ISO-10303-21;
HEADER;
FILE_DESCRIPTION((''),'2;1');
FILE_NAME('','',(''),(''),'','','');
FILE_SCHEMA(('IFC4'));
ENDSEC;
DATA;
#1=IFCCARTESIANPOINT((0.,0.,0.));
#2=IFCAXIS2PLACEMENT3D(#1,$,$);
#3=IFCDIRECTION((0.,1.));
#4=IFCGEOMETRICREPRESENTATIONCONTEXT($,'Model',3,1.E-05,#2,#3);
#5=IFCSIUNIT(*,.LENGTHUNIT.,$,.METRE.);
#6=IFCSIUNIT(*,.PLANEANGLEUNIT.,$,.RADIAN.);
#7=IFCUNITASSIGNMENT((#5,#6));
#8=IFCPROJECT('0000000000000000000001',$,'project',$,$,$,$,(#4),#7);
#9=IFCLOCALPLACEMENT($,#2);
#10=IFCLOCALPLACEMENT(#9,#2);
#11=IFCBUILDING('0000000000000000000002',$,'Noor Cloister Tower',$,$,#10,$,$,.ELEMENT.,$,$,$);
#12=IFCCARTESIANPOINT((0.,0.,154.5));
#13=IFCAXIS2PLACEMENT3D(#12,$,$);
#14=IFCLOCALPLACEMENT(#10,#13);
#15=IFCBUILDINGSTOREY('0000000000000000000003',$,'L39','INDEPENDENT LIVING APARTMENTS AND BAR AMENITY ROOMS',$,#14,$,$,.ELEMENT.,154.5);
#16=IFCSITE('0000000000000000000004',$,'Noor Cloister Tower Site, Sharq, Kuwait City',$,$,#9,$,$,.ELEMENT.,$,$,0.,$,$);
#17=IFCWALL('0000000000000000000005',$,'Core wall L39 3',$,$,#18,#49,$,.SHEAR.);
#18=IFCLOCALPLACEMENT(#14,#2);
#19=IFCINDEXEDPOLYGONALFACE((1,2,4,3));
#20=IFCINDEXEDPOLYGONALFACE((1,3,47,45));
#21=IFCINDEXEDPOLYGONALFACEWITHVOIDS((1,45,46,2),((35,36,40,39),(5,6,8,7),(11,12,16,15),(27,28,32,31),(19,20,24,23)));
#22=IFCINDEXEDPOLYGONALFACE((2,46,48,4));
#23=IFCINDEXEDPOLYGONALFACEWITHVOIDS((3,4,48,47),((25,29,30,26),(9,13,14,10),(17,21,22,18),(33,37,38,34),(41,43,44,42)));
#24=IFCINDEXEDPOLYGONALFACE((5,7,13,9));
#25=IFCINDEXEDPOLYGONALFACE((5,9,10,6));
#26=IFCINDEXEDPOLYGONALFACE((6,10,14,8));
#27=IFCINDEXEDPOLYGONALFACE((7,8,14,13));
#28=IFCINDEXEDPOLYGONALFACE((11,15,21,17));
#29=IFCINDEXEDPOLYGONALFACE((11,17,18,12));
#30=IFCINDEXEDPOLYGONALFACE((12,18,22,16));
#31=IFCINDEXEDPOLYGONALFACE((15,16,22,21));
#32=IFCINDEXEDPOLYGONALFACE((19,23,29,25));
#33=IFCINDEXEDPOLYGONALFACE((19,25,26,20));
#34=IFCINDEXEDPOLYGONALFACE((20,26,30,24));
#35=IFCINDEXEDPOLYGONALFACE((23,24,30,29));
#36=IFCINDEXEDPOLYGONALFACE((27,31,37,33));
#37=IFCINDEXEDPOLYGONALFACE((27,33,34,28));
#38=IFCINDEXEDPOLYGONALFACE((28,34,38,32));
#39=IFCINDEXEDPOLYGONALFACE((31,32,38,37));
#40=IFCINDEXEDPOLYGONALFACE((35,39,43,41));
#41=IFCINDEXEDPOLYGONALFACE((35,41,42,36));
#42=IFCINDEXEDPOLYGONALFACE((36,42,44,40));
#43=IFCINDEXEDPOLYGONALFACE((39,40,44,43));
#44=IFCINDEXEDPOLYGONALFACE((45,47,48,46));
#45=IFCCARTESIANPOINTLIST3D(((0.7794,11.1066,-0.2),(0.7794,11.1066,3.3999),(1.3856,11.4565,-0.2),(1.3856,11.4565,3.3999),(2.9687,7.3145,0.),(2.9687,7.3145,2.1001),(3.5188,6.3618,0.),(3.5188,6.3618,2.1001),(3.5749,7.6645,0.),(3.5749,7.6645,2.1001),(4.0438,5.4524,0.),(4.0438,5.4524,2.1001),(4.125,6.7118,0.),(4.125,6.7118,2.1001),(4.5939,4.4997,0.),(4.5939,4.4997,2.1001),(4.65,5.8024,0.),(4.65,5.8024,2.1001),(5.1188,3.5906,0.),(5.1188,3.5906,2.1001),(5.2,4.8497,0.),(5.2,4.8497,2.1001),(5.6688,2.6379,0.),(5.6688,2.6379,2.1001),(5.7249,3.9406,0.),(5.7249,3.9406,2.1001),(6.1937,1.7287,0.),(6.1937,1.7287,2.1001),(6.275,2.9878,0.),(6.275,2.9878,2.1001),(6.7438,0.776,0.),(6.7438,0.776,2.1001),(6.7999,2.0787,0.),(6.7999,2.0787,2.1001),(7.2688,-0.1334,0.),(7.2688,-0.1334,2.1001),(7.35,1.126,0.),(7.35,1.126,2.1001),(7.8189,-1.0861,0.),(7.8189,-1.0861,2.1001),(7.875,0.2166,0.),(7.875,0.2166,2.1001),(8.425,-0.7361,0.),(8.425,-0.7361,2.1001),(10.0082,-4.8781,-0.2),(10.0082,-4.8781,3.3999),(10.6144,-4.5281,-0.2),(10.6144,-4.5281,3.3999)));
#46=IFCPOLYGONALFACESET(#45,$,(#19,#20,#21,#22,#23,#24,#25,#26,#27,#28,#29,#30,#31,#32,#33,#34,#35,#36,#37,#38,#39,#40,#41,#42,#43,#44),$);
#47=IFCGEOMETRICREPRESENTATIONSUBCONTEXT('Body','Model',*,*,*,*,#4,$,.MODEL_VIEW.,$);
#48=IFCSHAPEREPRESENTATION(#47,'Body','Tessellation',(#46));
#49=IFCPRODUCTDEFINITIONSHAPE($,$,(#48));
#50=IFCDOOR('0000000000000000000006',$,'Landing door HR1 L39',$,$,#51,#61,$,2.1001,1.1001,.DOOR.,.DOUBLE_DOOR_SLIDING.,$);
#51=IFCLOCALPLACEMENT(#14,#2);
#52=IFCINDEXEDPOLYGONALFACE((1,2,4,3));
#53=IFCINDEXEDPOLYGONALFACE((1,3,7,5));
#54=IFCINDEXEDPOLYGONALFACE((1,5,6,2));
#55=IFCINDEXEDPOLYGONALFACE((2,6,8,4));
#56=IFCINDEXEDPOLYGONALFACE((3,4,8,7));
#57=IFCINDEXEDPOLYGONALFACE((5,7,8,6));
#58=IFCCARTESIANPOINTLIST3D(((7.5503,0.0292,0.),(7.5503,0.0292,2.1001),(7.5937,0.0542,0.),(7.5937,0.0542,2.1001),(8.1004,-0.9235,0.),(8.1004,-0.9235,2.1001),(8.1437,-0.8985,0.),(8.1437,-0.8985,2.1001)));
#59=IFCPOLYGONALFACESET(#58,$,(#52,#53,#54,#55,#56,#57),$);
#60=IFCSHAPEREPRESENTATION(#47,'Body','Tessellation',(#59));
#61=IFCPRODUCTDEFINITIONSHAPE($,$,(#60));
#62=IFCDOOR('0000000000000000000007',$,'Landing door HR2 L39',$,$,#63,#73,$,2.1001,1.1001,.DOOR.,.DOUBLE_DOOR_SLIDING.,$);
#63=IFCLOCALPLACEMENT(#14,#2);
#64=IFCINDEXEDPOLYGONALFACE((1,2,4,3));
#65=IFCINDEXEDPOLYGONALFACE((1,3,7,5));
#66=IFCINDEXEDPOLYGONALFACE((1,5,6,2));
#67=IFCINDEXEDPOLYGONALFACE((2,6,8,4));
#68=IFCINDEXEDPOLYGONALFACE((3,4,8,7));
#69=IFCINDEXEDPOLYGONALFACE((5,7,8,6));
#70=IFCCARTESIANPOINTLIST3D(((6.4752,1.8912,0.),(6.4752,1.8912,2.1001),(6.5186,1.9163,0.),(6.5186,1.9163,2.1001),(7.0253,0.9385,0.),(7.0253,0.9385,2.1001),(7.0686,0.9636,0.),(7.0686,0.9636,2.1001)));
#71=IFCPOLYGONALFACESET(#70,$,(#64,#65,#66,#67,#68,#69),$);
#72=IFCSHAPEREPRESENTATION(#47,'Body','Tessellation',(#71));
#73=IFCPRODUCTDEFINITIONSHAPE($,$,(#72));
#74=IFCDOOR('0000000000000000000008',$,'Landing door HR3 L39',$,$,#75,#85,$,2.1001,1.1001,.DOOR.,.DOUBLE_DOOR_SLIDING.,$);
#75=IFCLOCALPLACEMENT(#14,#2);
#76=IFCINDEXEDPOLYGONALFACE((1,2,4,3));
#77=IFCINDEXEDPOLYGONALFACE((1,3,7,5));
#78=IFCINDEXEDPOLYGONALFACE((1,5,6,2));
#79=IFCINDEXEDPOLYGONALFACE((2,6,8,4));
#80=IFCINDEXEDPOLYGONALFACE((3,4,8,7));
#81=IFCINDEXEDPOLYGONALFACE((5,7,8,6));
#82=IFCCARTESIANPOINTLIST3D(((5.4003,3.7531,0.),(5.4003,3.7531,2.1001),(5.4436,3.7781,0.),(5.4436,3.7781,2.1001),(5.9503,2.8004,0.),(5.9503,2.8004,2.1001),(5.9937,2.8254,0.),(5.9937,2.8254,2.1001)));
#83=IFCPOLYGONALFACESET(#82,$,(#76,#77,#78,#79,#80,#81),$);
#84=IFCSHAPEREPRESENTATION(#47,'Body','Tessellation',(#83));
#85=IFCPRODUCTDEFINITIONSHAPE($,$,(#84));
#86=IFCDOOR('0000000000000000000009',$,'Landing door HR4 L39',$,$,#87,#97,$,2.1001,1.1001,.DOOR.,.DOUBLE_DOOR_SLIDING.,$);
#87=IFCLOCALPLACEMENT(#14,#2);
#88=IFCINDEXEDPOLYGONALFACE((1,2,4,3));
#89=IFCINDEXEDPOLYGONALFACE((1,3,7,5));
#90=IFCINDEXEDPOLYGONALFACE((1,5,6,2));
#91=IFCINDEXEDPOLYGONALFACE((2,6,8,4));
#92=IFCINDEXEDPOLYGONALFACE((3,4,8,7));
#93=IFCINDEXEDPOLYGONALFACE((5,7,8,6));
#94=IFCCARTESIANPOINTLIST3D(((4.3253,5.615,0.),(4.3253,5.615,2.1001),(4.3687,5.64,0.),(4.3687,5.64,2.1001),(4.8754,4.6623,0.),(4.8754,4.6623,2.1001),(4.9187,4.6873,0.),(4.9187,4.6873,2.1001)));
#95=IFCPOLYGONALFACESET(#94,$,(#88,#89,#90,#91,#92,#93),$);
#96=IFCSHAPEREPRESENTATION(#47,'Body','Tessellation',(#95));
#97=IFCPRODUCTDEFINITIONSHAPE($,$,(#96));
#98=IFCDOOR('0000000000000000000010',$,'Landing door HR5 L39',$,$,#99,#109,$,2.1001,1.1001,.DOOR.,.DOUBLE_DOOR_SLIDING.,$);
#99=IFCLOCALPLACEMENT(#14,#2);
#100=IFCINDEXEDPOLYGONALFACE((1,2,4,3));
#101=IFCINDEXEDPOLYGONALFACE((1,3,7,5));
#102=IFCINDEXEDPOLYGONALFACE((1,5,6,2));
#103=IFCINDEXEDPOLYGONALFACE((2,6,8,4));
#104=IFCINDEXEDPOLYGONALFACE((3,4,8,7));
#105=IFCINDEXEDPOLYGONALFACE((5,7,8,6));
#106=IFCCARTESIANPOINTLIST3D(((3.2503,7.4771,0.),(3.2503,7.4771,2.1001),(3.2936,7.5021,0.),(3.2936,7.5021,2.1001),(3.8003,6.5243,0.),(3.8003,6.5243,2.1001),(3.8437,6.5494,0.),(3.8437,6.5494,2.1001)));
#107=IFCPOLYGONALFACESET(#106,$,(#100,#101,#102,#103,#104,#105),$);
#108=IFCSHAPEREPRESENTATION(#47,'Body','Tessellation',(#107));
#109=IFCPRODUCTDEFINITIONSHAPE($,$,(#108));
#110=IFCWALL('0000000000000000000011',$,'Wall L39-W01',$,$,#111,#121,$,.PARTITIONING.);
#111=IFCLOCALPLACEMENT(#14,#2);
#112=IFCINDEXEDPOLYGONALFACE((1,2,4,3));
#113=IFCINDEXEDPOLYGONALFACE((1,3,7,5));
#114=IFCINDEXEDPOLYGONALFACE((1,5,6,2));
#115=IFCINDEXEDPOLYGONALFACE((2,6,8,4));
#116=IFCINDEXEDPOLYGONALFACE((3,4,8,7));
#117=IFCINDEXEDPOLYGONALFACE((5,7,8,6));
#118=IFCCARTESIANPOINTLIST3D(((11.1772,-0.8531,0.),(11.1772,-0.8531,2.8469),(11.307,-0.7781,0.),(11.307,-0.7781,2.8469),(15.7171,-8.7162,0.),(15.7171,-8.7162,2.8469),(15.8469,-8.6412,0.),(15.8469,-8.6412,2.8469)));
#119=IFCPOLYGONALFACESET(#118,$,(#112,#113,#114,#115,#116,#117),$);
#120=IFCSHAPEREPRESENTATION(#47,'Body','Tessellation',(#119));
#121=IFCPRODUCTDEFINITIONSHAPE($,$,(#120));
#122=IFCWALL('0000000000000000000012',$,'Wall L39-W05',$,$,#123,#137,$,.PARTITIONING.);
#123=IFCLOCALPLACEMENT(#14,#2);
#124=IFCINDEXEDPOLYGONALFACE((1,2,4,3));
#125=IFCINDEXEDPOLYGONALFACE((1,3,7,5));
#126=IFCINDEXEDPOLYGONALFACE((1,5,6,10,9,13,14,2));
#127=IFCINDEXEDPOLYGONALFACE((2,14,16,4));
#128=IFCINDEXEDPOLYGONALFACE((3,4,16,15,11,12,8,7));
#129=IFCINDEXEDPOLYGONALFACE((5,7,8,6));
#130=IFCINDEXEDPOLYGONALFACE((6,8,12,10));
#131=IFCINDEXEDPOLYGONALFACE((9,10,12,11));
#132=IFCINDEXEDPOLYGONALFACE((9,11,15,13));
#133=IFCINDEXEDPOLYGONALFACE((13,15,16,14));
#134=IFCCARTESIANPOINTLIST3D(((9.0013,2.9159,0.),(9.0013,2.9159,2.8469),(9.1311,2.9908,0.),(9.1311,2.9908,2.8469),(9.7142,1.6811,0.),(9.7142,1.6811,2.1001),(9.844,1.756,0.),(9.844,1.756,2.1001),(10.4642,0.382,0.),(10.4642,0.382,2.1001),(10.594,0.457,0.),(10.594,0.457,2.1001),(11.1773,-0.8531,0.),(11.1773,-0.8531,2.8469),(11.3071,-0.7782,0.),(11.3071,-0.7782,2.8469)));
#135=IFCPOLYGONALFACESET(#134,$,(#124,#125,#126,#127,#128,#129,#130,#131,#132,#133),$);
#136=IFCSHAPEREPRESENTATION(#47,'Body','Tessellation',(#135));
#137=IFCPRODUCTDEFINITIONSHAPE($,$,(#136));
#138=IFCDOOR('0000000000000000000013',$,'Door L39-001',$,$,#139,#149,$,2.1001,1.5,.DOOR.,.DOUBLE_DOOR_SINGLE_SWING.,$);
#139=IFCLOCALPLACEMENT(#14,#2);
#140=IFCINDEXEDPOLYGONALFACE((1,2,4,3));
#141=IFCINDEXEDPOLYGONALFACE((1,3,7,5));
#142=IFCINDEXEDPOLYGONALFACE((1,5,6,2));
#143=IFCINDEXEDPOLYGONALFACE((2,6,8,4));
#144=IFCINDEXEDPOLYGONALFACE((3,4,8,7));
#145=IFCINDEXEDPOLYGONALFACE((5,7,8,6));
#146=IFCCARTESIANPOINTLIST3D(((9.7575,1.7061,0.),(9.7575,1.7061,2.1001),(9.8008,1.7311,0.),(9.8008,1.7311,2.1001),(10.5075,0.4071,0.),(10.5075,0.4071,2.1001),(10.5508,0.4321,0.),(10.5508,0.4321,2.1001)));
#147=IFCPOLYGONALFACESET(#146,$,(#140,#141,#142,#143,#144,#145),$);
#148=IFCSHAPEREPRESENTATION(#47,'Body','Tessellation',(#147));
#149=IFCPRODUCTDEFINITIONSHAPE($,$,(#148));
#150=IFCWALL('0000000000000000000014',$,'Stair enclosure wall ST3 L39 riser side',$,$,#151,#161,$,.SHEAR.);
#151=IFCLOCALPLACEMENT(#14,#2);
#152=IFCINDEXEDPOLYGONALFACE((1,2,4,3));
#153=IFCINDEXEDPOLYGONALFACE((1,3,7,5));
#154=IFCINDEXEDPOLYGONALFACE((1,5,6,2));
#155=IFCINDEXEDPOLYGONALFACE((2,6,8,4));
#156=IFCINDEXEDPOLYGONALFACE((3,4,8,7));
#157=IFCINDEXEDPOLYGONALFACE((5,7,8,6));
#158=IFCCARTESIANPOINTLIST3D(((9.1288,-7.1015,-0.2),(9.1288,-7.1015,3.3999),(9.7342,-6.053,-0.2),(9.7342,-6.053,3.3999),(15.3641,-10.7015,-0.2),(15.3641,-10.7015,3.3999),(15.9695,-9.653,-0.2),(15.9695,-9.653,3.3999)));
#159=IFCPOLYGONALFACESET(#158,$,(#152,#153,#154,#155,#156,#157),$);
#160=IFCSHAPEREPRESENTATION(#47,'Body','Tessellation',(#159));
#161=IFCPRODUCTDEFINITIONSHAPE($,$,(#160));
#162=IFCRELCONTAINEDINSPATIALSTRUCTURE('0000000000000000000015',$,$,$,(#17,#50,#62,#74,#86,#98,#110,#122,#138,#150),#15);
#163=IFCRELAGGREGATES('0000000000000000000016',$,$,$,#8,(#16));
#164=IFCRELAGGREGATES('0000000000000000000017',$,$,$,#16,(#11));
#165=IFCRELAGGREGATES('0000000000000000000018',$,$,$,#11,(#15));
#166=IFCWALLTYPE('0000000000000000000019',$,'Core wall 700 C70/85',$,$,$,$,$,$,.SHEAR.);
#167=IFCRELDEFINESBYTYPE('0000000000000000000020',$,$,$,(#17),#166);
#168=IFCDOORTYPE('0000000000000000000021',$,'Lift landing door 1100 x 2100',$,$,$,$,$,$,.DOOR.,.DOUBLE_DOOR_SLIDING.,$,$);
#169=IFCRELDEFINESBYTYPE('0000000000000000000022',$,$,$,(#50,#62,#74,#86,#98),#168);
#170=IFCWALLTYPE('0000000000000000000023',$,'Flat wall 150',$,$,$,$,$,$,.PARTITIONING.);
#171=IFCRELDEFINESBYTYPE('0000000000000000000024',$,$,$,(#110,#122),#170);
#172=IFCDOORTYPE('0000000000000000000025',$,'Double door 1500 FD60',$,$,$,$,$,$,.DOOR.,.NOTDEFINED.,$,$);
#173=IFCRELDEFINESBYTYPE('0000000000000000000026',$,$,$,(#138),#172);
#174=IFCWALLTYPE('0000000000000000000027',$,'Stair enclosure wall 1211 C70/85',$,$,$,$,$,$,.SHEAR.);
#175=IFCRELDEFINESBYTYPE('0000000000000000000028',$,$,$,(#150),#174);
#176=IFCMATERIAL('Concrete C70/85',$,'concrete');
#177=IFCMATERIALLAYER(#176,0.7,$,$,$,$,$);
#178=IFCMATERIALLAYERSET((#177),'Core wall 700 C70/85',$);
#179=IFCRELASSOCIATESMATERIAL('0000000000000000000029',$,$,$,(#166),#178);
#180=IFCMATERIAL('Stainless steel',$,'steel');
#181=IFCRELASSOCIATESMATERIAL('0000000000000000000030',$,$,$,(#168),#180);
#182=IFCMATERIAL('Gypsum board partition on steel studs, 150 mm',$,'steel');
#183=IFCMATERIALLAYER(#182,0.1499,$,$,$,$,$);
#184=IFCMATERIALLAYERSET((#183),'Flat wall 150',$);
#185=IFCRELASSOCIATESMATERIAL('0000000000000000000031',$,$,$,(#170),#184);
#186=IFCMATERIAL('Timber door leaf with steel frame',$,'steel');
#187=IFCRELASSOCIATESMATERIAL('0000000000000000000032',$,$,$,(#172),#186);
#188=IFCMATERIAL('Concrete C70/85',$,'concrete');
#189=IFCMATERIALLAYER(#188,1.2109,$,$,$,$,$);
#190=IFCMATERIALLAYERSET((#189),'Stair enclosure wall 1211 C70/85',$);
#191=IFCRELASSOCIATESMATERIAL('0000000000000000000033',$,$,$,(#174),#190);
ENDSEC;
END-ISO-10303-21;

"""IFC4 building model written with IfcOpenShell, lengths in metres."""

from ifc_helpers import new_model, si_unit, direction, frame, frame_2d, origin, place, context, subcontext, project, spatial, rectangle, extrude, material, layer, layer_set, type_object, element, fill, save


model = new_model("IFC4")

# Units and contexts
model_context = context("Model", 3, precision=1e-05, world=origin(), true_north=direction((0.0, 1.0)))
body_context = subcontext(model_context, "Body", "Model", "MODEL_VIEW")
ifc_project = project(units=[si_unit("LENGTHUNIT", "METRE"), si_unit("PLANEANGLEUNIT", "RADIAN")], contexts=[model_context])

# Site, building, storey
site_placement = place(None, origin())
site = spatial("IfcSite", under=ifc_project, at=site_placement, Name="Noor Cloister Tower Site, Sharq, Kuwait City", CompositionType="ELEMENT", RefElevation=0.0)
building_placement = place(site_placement, origin())
building = spatial("IfcBuilding", under=site, at=building_placement, Name="Noor Cloister Tower", CompositionType="ELEMENT")
storey_placement = place(building_placement, frame((0.0, 0.0, 154.5)))
storey = spatial("IfcBuildingStorey", under=building, at=storey_placement, Name="L39", Description="INDEPENDENT LIVING APARTMENTS AND BAR AMENITY ROOMS", CompositionType="ELEMENT", Elevation=154.5)

# Wall, openings, doors
ifc_material_1 = material(Name="Concrete C70/85", Category="concrete")
ifc_layer_1 = layer(ifc_material_1, 0.7)
ifc_layer_set_1 = layer_set([ifc_layer_1], Name="Core wall 700 C70/85")
wall_type_1 = type_object("IfcWallType", Name="Core wall 700 C70/85", PredefinedType="SHEAR", material=ifc_layer_set_1)
wall_1_placement = place(storey_placement, frame((10.3113, -4.7031, -0.2), z_axis=(0.0, 0.0, 1.0), x_axis=(-0.500001, 0.866025, 0.0)))
wall_1 = element("IfcWall", 1, at=wall_1_placement, inside=storey, type_object=wall_type_1, Name="Core wall L39 3", PredefinedType="SHEAR", context=body_context, shape_type="SweptSolid", body=[
    extrude(rectangle(XDim=18.4575, YDim=0.7, at=frame_2d((9.2288, 0.0))), origin(), (0.0, 0.0, 1.0), 3.5999),
])
opening_1_placement = place(wall_1_placement, frame((4.3787, 0.0, 0.2)))
opening_1 = element("IfcOpeningElement", 2, at=opening_1_placement, cuts=wall_1, PredefinedType="OPENING", context=body_context, shape_type="SweptSolid", body=[
    extrude(rectangle(XDim=1.1001, YDim=2.1001, at=frame_2d((0.55, 1.05))), frame((0.0, 0.3599, 0.0), z_axis=(0.0, -1.0, 0.0), x_axis=(1.0, 0.0, 0.0)), (0.0, 0.0, 1.0), 0.72),
])
opening_2_placement = place(wall_1_placement, frame((6.5288, 0.0, 0.2)))
opening_2 = element("IfcOpeningElement", 3, at=opening_2_placement, cuts=wall_1, PredefinedType="OPENING", context=body_context, shape_type="SweptSolid", body=[
    extrude(rectangle(XDim=1.1001, YDim=2.1001, at=frame_2d((0.55, 1.05))), frame((0.0, 0.3599, 0.0), z_axis=(0.0, -1.0, 0.0), x_axis=(1.0, 0.0, 0.0)), (0.0, 0.0, 1.0), 0.72),
])
opening_3_placement = place(wall_1_placement, frame((8.6787, 0.0, 0.2)))
opening_3 = element("IfcOpeningElement", 4, at=opening_3_placement, cuts=wall_1, PredefinedType="OPENING", context=body_context, shape_type="SweptSolid", body=[
    extrude(rectangle(XDim=1.1001, YDim=2.1001, at=frame_2d((0.55, 1.05))), frame((0.0, 0.3599, 0.0), z_axis=(0.0, -1.0, 0.0), x_axis=(1.0, 0.0, 0.0)), (0.0, 0.0, 1.0), 0.72),
])
opening_4_placement = place(wall_1_placement, frame((10.8286, 0.0, 0.2)))
opening_4 = element("IfcOpeningElement", 5, at=opening_4_placement, cuts=wall_1, PredefinedType="OPENING", context=body_context, shape_type="SweptSolid", body=[
    extrude(rectangle(XDim=1.1001, YDim=2.1001, at=frame_2d((0.55, 1.05))), frame((0.0, 0.3599, 0.0), z_axis=(0.0, -1.0, 0.0), x_axis=(1.0, 0.0, 0.0)), (0.0, 0.0, 1.0), 0.72),
])
opening_5_placement = place(wall_1_placement, frame((12.9788, 0.0, 0.2)))
opening_5 = element("IfcOpeningElement", 6, at=opening_5_placement, cuts=wall_1, PredefinedType="OPENING", context=body_context, shape_type="SweptSolid", body=[
    extrude(rectangle(XDim=1.1001, YDim=2.1001, at=frame_2d((0.55, 1.05))), frame((0.0, 0.3599, 0.0), z_axis=(0.0, -1.0, 0.0), x_axis=(1.0, 0.0, 0.0)), (0.0, 0.0, 1.0), 0.72),
])
ifc_material_2 = material(Name="Stainless steel", Category="steel")
door_type_1 = type_object("IfcDoorType", Name="Lift landing door 1100 x 2100", OperationType="DOUBLE_DOOR_SLIDING", PredefinedType="DOOR", material=ifc_material_2)
door_1_placement = place(opening_1_placement, origin())
door_1 = element("IfcDoor", 7, at=door_1_placement, inside=storey, type_object=door_type_1, Name="Landing door HR1 L39", OperationType="DOUBLE_DOOR_SLIDING", OverallHeight=2.1001, OverallWidth=1.1001, PredefinedType="DOOR", context=body_context, shape_type="SweptSolid", body=[
    extrude(rectangle(XDim=1.1001, YDim=2.1001, at=frame_2d((0.55, 1.05))), frame((0.0, 0.0249, 0.0), z_axis=(0.0, -1.0, 0.0), x_axis=(1.0, 0.0, 0.0)), (0.0, 0.0, 1.0), 0.05),
])
fill(opening_1, door_1)
door_2_placement = place(opening_2_placement, origin())
door_2 = element("IfcDoor", 8, at=door_2_placement, inside=storey, type_object=door_type_1, Name="Landing door HR2 L39", OperationType="DOUBLE_DOOR_SLIDING", OverallHeight=2.1001, OverallWidth=1.1001, PredefinedType="DOOR", context=body_context, shape_type="SweptSolid", body=[
    extrude(rectangle(XDim=1.1001, YDim=2.1001, at=frame_2d((0.55, 1.05))), frame((0.0, 0.0249, 0.0), z_axis=(0.0, -1.0, 0.0), x_axis=(1.0, 0.0, 0.0)), (0.0, 0.0, 1.0), 0.05),
])
fill(opening_2, door_2)
door_3_placement = place(opening_3_placement, origin())
door_3 = element("IfcDoor", 9, at=door_3_placement, inside=storey, type_object=door_type_1, Name="Landing door HR3 L39", OperationType="DOUBLE_DOOR_SLIDING", OverallHeight=2.1001, OverallWidth=1.1001, PredefinedType="DOOR", context=body_context, shape_type="SweptSolid", body=[
    extrude(rectangle(XDim=1.1001, YDim=2.1001, at=frame_2d((0.55, 1.05))), frame((0.0, 0.0249, 0.0), z_axis=(0.0, -1.0, 0.0), x_axis=(1.0, 0.0, 0.0)), (0.0, 0.0, 1.0), 0.05),
])
fill(opening_3, door_3)
door_4_placement = place(opening_4_placement, origin())
door_4 = element("IfcDoor", 10, at=door_4_placement, inside=storey, type_object=door_type_1, Name="Landing door HR4 L39", OperationType="DOUBLE_DOOR_SLIDING", OverallHeight=2.1001, OverallWidth=1.1001, PredefinedType="DOOR", context=body_context, shape_type="SweptSolid", body=[
    extrude(rectangle(XDim=1.1001, YDim=2.1001, at=frame_2d((0.55, 1.05))), frame((0.0, 0.0249, 0.0), z_axis=(0.0, -1.0, 0.0), x_axis=(1.0, 0.0, 0.0)), (0.0, 0.0, 1.0), 0.05),
])
fill(opening_4, door_4)
door_5_placement = place(opening_5_placement, origin())
door_5 = element("IfcDoor", 11, at=door_5_placement, inside=storey, type_object=door_type_1, Name="Landing door HR5 L39", OperationType="DOUBLE_DOOR_SLIDING", OverallHeight=2.1001, OverallWidth=1.1001, PredefinedType="DOOR", context=body_context, shape_type="SweptSolid", body=[
    extrude(rectangle(XDim=1.1001, YDim=2.1001, at=frame_2d((0.55, 1.05))), frame((0.0, 0.0249, 0.0), z_axis=(0.0, -1.0, 0.0), x_axis=(1.0, 0.0, 0.0)), (0.0, 0.0, 1.0), 0.05),
])
fill(opening_5, door_5)

# Wall
ifc_material_3 = material(Name="Gypsum board partition on steel studs, 150 mm", Category="steel")
ifc_layer_2 = layer(ifc_material_3, 0.1499)
ifc_layer_set_2 = layer_set([ifc_layer_2], Name="Flat wall 150")
wall_type_2 = type_object("IfcWallType", Name="Flat wall 150", PredefinedType="PARTITIONING", material=ifc_layer_set_2)
wall_2_placement = place(storey_placement, frame((15.782, -8.6787, 0.0), z_axis=(0.0, 0.0, 1.0), x_axis=(-0.500006, 0.866022, 0.0)))
element("IfcWall", 12, at=wall_2_placement, inside=storey, type_object=wall_type_2, Name="Wall L39-W01", PredefinedType="PARTITIONING", context=body_context, shape_type="SweptSolid", body=[
    extrude(rectangle(XDim=9.0796, YDim=0.1499, at=frame_2d((4.5398, 0.0))), origin(), (0.0, 0.0, 1.0), 2.8469),
])

# Wall, opening, door
wall_3_placement = place(storey_placement, frame((11.2422, -0.8157, 0.0), z_axis=(0.0, 0.0, 1.0), x_axis=(-0.499994, 0.866029, 0.0)))
wall_3 = element("IfcWall", 13, at=wall_3_placement, inside=storey, type_object=wall_type_2, Name="Wall L39-W05", PredefinedType="PARTITIONING", context=body_context, shape_type="SweptSolid", body=[
    extrude(rectangle(XDim=4.3521, YDim=0.1499, at=frame_2d((2.176, 0.0))), origin(), (0.0, 0.0, 1.0), 2.8469),
])
opening_6_placement = place(wall_3_placement, frame((1.4263, 0.0, 0.0)))
opening_6 = element("IfcOpeningElement", 14, at=opening_6_placement, cuts=wall_3, PredefinedType="OPENING", context=body_context, shape_type="SweptSolid", body=[
    extrude(rectangle(XDim=1.5, YDim=2.1001, at=frame_2d((0.75, 1.05))), frame((0.0, 0.085, 0.0), z_axis=(0.0, -1.0, 0.0), x_axis=(1.0, 0.0, 0.0)), (0.0, 0.0, 1.0), 0.1699),
])
ifc_material_4 = material(Name="Timber door leaf with steel frame", Category="steel")
door_type_2 = type_object("IfcDoorType", Name="Double door 1500 FD60", OperationType="NOTDEFINED", PredefinedType="DOOR", material=ifc_material_4)
door_6_placement = place(opening_6_placement, origin())
door_6 = element("IfcDoor", 15, at=door_6_placement, inside=storey, type_object=door_type_2, Name="Door L39-001", OperationType="DOUBLE_DOOR_SINGLE_SWING", OverallHeight=2.1001, OverallWidth=1.5, PredefinedType="DOOR", context=body_context, shape_type="SweptSolid", body=[
    extrude(rectangle(XDim=1.5, YDim=2.1001, at=frame_2d((0.75, 1.05))), frame((0.0, 0.0249, 0.0), z_axis=(0.0, -1.0, 0.0), x_axis=(1.0, 0.0, 0.0)), (0.0, 0.0, 1.0), 0.05),
])
fill(opening_6, door_6)

# Wall
ifc_material_5 = material(Name="Concrete C70/85", Category="concrete")
ifc_layer_3 = layer(ifc_material_5, 1.2109)
ifc_layer_set_3 = layer_set([ifc_layer_3], Name="Stair enclosure wall 1211 C70/85")
wall_type_3 = type_object("IfcWallType", Name="Stair enclosure wall 1211 C70/85", PredefinedType="SHEAR", material=ifc_layer_set_3)
wall_4_placement = place(storey_placement, frame((9.4314, -6.5771, -0.2), z_axis=(0.0, 0.0, 1.0), x_axis=(0.866018, -0.500012, 0.0)))
element("IfcWall", 16, at=wall_4_placement, inside=storey, type_object=wall_type_3, Name="Stair enclosure wall ST3 L39 riser side", PredefinedType="SHEAR", context=body_context, shape_type="SweptSolid", body=[
    extrude(rectangle(XDim=7.2, YDim=1.2107, at=frame_2d((3.6001, 0.0))), origin(), (0.0, 0.0, 1.0), 3.5999),
])

save(model, "model.ifc")
